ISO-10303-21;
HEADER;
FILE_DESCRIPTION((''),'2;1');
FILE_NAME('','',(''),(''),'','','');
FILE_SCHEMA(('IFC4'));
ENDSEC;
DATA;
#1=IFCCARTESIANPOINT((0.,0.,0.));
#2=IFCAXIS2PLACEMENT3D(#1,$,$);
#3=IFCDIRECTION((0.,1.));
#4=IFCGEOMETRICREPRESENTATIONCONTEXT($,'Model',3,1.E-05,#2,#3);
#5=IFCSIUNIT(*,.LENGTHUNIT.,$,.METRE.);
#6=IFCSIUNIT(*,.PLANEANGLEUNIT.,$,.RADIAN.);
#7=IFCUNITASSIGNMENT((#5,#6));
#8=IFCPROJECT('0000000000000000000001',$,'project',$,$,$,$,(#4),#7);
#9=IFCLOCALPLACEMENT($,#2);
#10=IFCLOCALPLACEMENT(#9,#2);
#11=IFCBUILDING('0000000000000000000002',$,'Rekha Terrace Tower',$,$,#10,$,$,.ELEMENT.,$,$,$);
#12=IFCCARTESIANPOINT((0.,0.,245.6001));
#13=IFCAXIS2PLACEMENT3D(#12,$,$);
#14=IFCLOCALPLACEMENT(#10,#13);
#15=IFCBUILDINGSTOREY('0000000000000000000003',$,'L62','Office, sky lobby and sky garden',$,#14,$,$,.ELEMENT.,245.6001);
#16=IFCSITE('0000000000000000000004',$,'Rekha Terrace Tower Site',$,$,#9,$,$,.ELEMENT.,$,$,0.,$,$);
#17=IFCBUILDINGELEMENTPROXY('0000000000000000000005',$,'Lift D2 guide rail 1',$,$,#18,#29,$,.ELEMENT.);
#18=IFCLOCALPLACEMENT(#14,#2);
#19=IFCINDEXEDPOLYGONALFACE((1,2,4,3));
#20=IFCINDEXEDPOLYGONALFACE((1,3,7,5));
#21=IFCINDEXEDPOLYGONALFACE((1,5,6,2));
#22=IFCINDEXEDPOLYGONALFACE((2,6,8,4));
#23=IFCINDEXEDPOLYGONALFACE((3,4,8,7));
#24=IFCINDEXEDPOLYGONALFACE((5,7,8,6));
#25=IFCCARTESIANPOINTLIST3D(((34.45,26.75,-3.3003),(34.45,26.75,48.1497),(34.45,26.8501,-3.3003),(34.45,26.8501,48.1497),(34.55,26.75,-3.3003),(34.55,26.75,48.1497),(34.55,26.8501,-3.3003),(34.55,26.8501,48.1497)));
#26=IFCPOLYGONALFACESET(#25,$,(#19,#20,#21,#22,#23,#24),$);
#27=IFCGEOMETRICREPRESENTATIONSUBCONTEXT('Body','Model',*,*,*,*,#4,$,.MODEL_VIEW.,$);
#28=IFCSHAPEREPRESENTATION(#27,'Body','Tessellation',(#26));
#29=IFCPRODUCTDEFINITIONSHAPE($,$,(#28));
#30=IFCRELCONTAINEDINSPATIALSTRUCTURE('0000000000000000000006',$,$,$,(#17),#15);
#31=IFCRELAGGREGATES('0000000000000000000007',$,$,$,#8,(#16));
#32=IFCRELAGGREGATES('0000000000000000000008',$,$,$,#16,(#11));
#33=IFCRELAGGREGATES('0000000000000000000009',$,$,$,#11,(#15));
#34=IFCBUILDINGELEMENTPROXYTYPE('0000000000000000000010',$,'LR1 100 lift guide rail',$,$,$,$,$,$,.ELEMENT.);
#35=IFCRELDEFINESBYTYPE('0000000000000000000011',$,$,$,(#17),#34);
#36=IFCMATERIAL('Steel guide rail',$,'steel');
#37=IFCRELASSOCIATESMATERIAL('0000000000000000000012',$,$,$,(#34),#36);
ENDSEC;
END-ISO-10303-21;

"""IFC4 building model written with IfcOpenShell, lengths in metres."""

from ifc_helpers import new_model, si_unit, direction, frame, origin, origin_2d, place, context, subcontext, project, spatial, rectangle, extrude, material, type_object, element, save


model = new_model("IFC4")

# Units and contexts
model_context = context("Model", 3, precision=1e-05, world=origin(), true_north=direction((0.0, 1.0)))
body_context = subcontext(model_context, "Body", "Model", "MODEL_VIEW")
ifc_project = project(units=[si_unit("LENGTHUNIT", "METRE"), si_unit("PLANEANGLEUNIT", "RADIAN")], contexts=[model_context])

# Site, building, storey
site_placement = place(None, origin())
site = spatial("IfcSite", under=ifc_project, at=site_placement, Name="Rekha Terrace Tower Site", CompositionType="ELEMENT", RefElevation=0.0)
building_placement = place(site_placement, origin())
building = spatial("IfcBuilding", under=site, at=building_placement, Name="Rekha Terrace Tower", CompositionType="ELEMENT")
storey_placement = place(building_placement, frame((0.0, 0.0, 245.6001)))
storey = spatial("IfcBuildingStorey", under=building, at=storey_placement, Name="L62", Description="Office, sky lobby and sky garden", CompositionType="ELEMENT", Elevation=245.6001)

# Building element proxy
ifc_material_1 = material(Name="Steel guide rail", Category="steel")
building_element_proxy_type = type_object("IfcBuildingElementProxyType", Name="LR1 100 lift guide rail", PredefinedType="ELEMENT", material=ifc_material_1)
proxy_placement = place(storey_placement, frame((34.5, 26.8, -3.3003), z_axis=(0.0, 0.0, 1.0), x_axis=(1.0, 0.0, 0.0)))
element("IfcBuildingElementProxy", 1, at=proxy_placement, inside=storey, type_object=building_element_proxy_type, Name="Lift D2 guide rail 1", PredefinedType="ELEMENT", context=body_context, shape_type="SweptSolid", body=[
    extrude(rectangle(XDim=0.1001, YDim=0.1001, at=origin_2d()), origin(), (0.0, 0.0, 1.0), 51.45),
])

save(model, "model.ifc")
